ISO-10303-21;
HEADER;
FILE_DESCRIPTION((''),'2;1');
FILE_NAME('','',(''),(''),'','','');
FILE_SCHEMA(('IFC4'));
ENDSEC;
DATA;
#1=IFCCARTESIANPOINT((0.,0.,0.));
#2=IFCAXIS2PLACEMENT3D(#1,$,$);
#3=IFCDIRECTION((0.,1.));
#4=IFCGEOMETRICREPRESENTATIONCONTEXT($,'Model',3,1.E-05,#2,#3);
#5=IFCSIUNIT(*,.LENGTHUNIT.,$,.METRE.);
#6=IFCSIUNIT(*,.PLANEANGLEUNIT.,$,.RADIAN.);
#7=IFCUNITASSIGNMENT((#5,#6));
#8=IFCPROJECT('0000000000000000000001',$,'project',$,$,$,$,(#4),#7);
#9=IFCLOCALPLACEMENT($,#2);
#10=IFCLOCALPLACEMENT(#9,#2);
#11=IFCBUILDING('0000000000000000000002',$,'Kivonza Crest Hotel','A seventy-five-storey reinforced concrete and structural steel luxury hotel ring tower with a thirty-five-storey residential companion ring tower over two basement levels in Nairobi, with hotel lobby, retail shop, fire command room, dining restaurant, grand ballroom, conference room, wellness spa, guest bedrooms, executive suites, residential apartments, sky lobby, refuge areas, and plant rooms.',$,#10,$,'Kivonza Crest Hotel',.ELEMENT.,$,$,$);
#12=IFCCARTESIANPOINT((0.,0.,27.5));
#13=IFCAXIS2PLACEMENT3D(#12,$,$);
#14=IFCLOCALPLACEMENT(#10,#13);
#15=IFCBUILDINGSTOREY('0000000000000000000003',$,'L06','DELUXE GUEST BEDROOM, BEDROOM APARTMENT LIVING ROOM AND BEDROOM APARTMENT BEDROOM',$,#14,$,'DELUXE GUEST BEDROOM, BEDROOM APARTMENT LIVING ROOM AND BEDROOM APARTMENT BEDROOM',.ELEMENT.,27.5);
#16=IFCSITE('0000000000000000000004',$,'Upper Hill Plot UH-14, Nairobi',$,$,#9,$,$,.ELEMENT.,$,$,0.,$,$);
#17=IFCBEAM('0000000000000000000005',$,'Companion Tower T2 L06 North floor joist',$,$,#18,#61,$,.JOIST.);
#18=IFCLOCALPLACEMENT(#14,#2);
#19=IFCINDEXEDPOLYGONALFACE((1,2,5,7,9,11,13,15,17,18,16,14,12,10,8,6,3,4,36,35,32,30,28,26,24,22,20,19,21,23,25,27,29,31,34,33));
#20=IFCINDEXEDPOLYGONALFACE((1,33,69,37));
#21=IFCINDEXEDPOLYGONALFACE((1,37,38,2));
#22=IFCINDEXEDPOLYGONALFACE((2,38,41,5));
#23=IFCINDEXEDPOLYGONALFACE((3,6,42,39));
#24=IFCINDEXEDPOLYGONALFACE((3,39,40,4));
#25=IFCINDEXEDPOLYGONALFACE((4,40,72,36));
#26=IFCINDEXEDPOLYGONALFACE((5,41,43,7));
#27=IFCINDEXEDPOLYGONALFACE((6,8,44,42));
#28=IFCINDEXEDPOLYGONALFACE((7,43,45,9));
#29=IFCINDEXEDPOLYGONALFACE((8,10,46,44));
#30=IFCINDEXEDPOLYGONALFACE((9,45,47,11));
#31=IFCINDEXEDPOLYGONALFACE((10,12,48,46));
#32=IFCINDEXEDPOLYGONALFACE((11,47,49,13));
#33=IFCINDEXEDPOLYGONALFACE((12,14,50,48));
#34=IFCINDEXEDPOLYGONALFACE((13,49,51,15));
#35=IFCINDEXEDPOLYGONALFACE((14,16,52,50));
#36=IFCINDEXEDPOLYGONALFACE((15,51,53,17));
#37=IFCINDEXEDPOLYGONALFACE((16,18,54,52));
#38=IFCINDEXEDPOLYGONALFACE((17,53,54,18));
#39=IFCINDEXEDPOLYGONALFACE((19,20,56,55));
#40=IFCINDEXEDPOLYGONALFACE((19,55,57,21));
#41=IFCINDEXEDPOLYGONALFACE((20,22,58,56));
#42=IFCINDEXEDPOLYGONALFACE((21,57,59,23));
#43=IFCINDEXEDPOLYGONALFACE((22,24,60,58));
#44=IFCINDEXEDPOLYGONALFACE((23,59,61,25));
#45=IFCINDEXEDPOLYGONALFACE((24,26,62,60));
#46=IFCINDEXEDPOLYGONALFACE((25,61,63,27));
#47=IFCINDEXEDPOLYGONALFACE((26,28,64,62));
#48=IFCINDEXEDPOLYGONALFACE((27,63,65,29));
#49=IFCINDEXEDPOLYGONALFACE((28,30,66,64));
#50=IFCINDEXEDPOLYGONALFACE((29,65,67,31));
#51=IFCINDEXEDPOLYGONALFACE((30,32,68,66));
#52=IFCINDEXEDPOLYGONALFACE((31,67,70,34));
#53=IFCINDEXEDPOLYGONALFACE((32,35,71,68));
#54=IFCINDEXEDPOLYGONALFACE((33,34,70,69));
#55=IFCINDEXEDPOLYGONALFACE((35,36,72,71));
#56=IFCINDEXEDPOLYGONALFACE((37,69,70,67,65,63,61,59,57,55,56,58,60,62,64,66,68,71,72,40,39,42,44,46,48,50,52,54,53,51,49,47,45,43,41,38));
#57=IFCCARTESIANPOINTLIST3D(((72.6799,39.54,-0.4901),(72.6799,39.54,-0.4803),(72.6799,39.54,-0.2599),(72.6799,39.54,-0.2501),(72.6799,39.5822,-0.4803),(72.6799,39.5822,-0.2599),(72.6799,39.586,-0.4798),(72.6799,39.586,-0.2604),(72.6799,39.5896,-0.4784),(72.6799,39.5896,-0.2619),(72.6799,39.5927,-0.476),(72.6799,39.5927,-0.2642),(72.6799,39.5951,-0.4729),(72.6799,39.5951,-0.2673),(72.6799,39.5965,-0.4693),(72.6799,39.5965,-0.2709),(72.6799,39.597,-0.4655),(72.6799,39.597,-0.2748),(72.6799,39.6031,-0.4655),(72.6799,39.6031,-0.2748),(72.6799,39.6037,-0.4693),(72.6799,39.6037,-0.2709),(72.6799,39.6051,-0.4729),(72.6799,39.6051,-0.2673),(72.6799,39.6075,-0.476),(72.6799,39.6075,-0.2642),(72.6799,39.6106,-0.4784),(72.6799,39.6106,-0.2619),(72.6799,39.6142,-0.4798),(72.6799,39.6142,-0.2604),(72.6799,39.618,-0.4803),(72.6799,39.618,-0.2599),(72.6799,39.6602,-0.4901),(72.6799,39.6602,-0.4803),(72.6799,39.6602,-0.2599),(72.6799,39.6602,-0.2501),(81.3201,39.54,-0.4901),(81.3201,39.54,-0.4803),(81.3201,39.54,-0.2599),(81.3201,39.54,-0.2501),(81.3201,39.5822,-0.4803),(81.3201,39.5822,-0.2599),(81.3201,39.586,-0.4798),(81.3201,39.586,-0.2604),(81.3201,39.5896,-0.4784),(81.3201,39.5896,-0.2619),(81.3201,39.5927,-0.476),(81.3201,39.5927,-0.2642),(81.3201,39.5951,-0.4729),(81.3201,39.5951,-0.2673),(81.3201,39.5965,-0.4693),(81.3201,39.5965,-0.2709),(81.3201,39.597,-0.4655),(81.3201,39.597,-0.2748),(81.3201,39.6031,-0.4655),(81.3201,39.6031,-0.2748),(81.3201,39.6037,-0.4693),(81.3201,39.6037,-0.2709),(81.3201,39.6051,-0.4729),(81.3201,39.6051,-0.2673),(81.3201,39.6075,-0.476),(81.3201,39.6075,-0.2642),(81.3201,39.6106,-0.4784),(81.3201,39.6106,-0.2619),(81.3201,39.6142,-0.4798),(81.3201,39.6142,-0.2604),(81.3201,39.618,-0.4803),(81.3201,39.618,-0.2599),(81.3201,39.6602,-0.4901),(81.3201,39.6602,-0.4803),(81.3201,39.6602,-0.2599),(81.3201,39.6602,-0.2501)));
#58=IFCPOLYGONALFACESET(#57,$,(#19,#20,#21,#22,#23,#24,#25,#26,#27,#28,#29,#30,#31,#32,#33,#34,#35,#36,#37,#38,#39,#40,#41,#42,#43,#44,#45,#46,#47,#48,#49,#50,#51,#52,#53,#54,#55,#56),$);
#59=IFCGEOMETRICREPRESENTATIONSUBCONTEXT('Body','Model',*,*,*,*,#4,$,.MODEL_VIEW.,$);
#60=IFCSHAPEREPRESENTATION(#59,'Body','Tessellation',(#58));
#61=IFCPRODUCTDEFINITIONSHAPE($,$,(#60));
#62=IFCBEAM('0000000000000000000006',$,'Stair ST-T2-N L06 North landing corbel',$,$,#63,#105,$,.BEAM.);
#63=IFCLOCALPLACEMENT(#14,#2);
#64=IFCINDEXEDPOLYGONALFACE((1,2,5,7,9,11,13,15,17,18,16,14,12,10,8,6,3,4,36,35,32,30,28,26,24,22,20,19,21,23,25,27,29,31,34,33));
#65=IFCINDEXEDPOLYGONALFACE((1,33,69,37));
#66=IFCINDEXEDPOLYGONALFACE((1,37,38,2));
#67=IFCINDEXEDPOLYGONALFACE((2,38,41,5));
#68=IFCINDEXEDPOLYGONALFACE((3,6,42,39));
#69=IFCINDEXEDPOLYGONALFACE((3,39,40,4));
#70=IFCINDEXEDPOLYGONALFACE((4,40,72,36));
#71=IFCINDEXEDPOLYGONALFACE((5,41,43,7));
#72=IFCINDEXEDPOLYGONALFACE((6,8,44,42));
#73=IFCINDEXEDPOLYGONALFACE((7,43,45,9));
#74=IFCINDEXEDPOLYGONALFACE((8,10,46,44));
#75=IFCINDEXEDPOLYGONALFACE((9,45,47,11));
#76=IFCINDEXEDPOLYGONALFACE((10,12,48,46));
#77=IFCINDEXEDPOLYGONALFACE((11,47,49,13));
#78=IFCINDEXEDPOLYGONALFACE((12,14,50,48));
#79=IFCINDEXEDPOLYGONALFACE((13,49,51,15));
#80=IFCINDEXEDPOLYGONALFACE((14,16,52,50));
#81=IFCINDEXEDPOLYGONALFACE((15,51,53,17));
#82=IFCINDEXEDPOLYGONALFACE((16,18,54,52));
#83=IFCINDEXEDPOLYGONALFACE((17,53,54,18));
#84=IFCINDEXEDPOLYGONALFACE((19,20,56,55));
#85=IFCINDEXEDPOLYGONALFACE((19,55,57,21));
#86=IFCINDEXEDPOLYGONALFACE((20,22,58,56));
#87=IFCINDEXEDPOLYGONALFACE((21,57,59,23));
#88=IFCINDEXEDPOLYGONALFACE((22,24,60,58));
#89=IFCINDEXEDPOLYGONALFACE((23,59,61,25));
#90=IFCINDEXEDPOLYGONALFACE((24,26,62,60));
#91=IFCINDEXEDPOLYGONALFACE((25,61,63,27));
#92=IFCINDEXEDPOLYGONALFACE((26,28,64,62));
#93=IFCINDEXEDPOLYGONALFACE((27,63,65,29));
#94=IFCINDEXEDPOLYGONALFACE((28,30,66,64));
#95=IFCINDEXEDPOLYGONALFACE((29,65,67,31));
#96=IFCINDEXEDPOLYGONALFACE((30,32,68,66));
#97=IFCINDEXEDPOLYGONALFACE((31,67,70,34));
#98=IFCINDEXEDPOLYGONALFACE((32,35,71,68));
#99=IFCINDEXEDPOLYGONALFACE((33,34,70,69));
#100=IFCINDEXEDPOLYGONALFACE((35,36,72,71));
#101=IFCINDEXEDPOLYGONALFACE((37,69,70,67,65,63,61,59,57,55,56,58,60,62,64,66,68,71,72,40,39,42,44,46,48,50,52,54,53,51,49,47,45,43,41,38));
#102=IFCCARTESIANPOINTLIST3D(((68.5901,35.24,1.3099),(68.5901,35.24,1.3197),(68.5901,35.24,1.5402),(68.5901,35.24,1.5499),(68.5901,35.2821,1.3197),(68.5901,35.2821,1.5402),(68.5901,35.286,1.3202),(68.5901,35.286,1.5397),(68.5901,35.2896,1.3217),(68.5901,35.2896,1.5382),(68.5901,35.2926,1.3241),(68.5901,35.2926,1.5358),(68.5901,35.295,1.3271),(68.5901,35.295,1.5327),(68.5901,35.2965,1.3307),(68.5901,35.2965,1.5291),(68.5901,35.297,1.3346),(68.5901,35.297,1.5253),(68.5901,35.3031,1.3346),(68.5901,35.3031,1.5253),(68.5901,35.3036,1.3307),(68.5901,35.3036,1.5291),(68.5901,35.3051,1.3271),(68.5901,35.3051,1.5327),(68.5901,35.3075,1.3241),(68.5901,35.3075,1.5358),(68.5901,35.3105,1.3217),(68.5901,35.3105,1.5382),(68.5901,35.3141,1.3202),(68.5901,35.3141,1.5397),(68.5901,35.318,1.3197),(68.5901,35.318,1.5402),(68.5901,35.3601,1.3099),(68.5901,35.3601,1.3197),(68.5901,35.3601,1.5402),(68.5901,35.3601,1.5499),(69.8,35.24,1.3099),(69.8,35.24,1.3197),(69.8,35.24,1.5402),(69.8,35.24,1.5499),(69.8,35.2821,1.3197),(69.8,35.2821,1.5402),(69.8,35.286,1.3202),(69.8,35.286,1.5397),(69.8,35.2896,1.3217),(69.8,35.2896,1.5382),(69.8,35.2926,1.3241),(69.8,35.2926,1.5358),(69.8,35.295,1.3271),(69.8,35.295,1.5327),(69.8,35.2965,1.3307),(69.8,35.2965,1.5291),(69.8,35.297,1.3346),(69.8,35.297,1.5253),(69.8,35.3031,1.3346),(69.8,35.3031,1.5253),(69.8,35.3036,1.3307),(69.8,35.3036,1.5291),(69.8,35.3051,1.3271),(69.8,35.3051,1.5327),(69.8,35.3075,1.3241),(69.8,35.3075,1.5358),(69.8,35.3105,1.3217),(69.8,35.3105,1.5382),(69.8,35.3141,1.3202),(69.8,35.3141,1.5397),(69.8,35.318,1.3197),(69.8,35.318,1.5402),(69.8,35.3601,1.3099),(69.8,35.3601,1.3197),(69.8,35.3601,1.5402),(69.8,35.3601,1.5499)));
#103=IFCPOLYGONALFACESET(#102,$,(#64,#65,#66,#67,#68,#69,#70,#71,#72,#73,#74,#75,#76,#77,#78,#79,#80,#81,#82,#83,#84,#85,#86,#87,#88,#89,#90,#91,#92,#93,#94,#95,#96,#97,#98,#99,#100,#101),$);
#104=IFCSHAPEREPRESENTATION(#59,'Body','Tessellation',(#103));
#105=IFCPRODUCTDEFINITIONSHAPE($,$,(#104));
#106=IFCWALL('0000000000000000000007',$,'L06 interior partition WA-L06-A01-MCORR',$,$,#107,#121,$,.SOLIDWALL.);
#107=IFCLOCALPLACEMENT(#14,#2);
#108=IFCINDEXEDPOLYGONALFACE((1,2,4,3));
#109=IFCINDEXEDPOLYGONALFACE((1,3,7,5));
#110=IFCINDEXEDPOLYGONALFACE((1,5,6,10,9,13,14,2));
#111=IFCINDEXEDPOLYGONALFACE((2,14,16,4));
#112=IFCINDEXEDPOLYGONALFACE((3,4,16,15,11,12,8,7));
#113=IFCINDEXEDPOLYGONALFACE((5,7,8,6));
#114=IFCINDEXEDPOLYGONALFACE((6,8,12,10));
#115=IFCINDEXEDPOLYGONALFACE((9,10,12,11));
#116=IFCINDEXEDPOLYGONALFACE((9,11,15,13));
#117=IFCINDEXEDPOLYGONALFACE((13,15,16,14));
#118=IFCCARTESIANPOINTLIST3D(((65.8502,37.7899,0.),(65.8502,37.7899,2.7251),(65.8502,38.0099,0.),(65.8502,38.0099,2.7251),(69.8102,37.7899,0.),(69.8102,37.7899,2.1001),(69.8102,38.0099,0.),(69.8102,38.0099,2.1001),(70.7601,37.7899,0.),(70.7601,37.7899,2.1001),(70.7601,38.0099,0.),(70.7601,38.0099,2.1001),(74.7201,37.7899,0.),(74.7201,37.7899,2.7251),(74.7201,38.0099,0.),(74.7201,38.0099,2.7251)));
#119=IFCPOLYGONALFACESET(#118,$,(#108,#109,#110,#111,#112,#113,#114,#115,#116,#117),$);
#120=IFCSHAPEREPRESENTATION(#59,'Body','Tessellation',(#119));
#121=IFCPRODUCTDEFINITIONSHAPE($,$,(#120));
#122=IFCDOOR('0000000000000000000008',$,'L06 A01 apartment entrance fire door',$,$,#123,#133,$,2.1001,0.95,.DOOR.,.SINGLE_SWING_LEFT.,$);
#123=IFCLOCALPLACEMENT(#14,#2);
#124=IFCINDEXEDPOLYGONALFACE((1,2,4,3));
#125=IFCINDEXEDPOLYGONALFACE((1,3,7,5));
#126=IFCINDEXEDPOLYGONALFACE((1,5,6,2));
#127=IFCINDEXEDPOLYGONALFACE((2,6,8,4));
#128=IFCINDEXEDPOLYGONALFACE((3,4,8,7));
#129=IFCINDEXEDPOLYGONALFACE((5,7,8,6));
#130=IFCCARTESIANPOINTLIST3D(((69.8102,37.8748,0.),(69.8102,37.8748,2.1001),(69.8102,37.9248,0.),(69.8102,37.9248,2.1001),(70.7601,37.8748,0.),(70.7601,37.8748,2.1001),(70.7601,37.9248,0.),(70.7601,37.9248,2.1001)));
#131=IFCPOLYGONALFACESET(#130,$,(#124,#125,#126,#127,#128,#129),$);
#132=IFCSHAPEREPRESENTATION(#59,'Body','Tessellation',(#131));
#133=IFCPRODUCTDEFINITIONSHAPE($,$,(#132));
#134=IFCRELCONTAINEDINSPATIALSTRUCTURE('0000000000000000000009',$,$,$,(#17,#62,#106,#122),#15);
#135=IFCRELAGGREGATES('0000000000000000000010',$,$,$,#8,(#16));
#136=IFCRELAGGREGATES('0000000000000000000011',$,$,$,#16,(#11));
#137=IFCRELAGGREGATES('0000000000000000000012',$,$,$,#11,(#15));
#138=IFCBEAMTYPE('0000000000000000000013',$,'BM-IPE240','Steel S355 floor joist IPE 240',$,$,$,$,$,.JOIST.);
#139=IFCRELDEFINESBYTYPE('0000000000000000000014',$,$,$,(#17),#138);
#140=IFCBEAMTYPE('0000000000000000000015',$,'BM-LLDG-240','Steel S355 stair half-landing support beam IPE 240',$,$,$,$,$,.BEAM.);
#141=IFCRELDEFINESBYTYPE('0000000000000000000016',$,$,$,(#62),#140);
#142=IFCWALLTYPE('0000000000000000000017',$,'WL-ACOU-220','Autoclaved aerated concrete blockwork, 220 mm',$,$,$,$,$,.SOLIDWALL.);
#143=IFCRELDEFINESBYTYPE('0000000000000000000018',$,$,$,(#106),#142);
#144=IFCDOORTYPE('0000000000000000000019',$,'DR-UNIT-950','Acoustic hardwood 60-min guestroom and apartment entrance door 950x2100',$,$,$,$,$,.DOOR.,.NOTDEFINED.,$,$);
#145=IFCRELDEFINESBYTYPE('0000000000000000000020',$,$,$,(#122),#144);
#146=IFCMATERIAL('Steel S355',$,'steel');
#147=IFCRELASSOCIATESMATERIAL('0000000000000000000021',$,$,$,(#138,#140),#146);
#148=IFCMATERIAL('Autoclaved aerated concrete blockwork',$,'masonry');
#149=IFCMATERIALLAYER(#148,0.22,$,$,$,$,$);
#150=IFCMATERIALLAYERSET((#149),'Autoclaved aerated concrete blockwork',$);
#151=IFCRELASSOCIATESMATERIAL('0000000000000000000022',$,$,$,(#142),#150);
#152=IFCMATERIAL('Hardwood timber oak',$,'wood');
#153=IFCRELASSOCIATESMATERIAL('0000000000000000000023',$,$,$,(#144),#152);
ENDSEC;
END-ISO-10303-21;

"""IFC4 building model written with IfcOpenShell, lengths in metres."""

from ifc_helpers import new_model, si_unit, direction, frame, frame_2d, origin, origin_2d, place, context, subcontext, project, spatial, rectangle, i_section, extrude, material, layer, layer_set, material_profile, profile_set, type_object, element, fill, save


model = new_model("IFC4")

# Units and contexts
model_context = context("Model", 3, precision=1e-05, world=origin(), true_north=direction((0.0, 1.0)))
body_context = subcontext(model_context, "Body", "Model", "MODEL_VIEW")
ifc_project = project(units=[si_unit("LENGTHUNIT", "METRE"), si_unit("PLANEANGLEUNIT", "RADIAN")], contexts=[model_context])

# Site, building, storey
site_placement = place(None, origin())
site = spatial("IfcSite", under=ifc_project, at=site_placement, Name="Upper Hill Plot UH-14, Nairobi", CompositionType="ELEMENT", RefElevation=0.0)
building_placement = place(site_placement, origin())
building = spatial("IfcBuilding", under=site, at=building_placement, Name="Kivonza Crest Hotel", Description="A seventy-five-storey reinforced concrete and structural steel luxury hotel ring tower with a thirty-five-storey residential companion ring tower over two basement levels in Nairobi, with hotel lobby, retail shop, fire command room, dining restaurant, grand ballroom, conference room, wellness spa, guest bedrooms, executive suites, residential apartments, sky lobby, refuge areas, and plant rooms.", LongName="Kivonza Crest Hotel", CompositionType="ELEMENT")
storey_placement = place(building_placement, frame((0.0, 0.0, 27.5)))
storey = spatial("IfcBuildingStorey", under=building, at=storey_placement, Name="L06", Description="DELUXE GUEST BEDROOM, BEDROOM APARTMENT LIVING ROOM AND BEDROOM APARTMENT BEDROOM", LongName="DELUXE GUEST BEDROOM, BEDROOM APARTMENT LIVING ROOM AND BEDROOM APARTMENT BEDROOM", CompositionType="ELEMENT", Elevation=27.5)

# Beams
ifc_material_1 = material(Name="Steel S355", Category="steel")
ifc_material_profile_1 = material_profile(ifc_material_1, i_section(OverallWidth=0.1201, OverallDepth=0.24, WebThickness=0.0061, FlangeThickness=0.0098, FilletRadius=0.0149, at=origin_2d()), Name="IPE 240")
ifc_profile_set_1 = profile_set([ifc_material_profile_1], Name="Steel S355")
beam_type_1 = type_object("IfcBeamType", Name="BM-IPE240", Description="Steel S355 floor joist IPE 240", PredefinedType="JOIST", material=ifc_profile_set_1)
beam_1_placement = place(storey_placement, frame((72.6799, 39.6001, -0.3701), z_axis=(1.0, 0.0, 0.0), x_axis=(0.0, 1.0, 0.0)))
element("IfcBeam", 1, at=beam_1_placement, inside=storey, type_object=beam_type_1, Name="Companion Tower T2 L06 North floor joist", PredefinedType="JOIST", context=body_context, shape_type="SweptSolid", body=[
    extrude(i_section(OverallWidth=0.1201, OverallDepth=0.24, WebThickness=0.0061, FlangeThickness=0.0098, FilletRadius=0.0149, at=origin_2d()), origin(), (0.0, 0.0, 1.0), 8.6401),
])
ifc_material_profile_2 = material_profile(ifc_material_1, i_section(OverallWidth=0.1201, OverallDepth=0.24, WebThickness=0.0061, FlangeThickness=0.0098, FilletRadius=0.0149, at=origin_2d()), Name="IPE 240")
ifc_profile_set_2 = profile_set([ifc_material_profile_2], Name="Steel S355")
beam_type_2 = type_object("IfcBeamType", Name="BM-LLDG-240", Description="Steel S355 stair half-landing support beam IPE 240", PredefinedType="BEAM", material=ifc_profile_set_2)
beam_2_placement = place(storey_placement, frame((68.5901, 35.3, 1.4299), z_axis=(1.0, 0.0, 0.0), x_axis=(0.0, 1.0, 0.0)))
element("IfcBeam", 2, at=beam_2_placement, inside=storey, type_object=beam_type_2, Name="Stair ST-T2-N L06 North landing corbel", PredefinedType="BEAM", context=body_context, shape_type="SweptSolid", body=[
    extrude(i_section(OverallWidth=0.1201, OverallDepth=0.24, WebThickness=0.0061, FlangeThickness=0.0098, FilletRadius=0.0149, at=origin_2d()), origin(), (0.0, 0.0, 1.0), 1.21),
])

# Wall, opening, door
ifc_material_2 = material(Name="Autoclaved aerated concrete blockwork", Category="masonry")
ifc_layer_1 = layer(ifc_material_2, 0.22)
ifc_layer_set_1 = layer_set([ifc_layer_1], Name="Autoclaved aerated concrete blockwork")
wall_type_1 = type_object("IfcWallType", Name="WL-ACOU-220", Description="Autoclaved aerated concrete blockwork, 220 mm", PredefinedType="SOLIDWALL", material=ifc_layer_set_1)
wall_1_placement = place(storey_placement, frame((65.8501, 37.8999, 0.0), z_axis=(0.0, 0.0, 1.0), x_axis=(1.0, 0.0, 0.0)))
wall_1 = element("IfcWall", 3, at=wall_1_placement, inside=storey, type_object=wall_type_1, Name="L06 interior partition WA-L06-A01-MCORR", PredefinedType="SOLIDWALL", context=body_context, shape_type="SweptSolid", body=[
    extrude(rectangle(XDim=8.8699, YDim=0.22, at=frame_2d((4.4351, 0.0))), origin(), (0.0, 0.0, 1.0), 2.7251),
])
opening_1_placement = place(wall_1_placement, frame((3.96, 0.0, 0.0)))
opening_1 = element("IfcOpeningElement", 4, at=opening_1_placement, cuts=wall_1, PredefinedType="OPENING", context=body_context, shape_type="SweptSolid", body=[
    extrude(rectangle(XDim=0.95, YDim=2.1001, at=frame_2d((0.4751, 1.05))), frame((0.0, 0.1201, 0.0), z_axis=(0.0, -1.0, 0.0), x_axis=(1.0, 0.0, 0.0)), (0.0, 0.0, 1.0), 0.24),
])
ifc_material_3 = material(Name="Hardwood timber oak", Category="wood")
door_type_1 = type_object("IfcDoorType", Name="DR-UNIT-950", Description="Acoustic hardwood 60-min guestroom and apartment entrance door 950x2100", OperationType="NOTDEFINED", PredefinedType="DOOR", material=ifc_material_3)
door_1_placement = place(opening_1_placement, origin())
door_1 = element("IfcDoor", 5, at=door_1_placement, inside=storey, type_object=door_type_1, Name="L06 A01 apartment entrance fire door", OperationType="SINGLE_SWING_LEFT", OverallHeight=2.1001, OverallWidth=0.95, PredefinedType="DOOR", context=body_context, shape_type="SweptSolid", body=[
    extrude(rectangle(XDim=0.95, YDim=2.1001, at=frame_2d((0.4751, 1.05))), frame((0.0, 0.0249, 0.0), z_axis=(0.0, -1.0, 0.0), x_axis=(1.0, 0.0, 0.0)), (0.0, 0.0, 1.0), 0.05),
])
fill(opening_1, door_1)

save(model, "model.ifc")
